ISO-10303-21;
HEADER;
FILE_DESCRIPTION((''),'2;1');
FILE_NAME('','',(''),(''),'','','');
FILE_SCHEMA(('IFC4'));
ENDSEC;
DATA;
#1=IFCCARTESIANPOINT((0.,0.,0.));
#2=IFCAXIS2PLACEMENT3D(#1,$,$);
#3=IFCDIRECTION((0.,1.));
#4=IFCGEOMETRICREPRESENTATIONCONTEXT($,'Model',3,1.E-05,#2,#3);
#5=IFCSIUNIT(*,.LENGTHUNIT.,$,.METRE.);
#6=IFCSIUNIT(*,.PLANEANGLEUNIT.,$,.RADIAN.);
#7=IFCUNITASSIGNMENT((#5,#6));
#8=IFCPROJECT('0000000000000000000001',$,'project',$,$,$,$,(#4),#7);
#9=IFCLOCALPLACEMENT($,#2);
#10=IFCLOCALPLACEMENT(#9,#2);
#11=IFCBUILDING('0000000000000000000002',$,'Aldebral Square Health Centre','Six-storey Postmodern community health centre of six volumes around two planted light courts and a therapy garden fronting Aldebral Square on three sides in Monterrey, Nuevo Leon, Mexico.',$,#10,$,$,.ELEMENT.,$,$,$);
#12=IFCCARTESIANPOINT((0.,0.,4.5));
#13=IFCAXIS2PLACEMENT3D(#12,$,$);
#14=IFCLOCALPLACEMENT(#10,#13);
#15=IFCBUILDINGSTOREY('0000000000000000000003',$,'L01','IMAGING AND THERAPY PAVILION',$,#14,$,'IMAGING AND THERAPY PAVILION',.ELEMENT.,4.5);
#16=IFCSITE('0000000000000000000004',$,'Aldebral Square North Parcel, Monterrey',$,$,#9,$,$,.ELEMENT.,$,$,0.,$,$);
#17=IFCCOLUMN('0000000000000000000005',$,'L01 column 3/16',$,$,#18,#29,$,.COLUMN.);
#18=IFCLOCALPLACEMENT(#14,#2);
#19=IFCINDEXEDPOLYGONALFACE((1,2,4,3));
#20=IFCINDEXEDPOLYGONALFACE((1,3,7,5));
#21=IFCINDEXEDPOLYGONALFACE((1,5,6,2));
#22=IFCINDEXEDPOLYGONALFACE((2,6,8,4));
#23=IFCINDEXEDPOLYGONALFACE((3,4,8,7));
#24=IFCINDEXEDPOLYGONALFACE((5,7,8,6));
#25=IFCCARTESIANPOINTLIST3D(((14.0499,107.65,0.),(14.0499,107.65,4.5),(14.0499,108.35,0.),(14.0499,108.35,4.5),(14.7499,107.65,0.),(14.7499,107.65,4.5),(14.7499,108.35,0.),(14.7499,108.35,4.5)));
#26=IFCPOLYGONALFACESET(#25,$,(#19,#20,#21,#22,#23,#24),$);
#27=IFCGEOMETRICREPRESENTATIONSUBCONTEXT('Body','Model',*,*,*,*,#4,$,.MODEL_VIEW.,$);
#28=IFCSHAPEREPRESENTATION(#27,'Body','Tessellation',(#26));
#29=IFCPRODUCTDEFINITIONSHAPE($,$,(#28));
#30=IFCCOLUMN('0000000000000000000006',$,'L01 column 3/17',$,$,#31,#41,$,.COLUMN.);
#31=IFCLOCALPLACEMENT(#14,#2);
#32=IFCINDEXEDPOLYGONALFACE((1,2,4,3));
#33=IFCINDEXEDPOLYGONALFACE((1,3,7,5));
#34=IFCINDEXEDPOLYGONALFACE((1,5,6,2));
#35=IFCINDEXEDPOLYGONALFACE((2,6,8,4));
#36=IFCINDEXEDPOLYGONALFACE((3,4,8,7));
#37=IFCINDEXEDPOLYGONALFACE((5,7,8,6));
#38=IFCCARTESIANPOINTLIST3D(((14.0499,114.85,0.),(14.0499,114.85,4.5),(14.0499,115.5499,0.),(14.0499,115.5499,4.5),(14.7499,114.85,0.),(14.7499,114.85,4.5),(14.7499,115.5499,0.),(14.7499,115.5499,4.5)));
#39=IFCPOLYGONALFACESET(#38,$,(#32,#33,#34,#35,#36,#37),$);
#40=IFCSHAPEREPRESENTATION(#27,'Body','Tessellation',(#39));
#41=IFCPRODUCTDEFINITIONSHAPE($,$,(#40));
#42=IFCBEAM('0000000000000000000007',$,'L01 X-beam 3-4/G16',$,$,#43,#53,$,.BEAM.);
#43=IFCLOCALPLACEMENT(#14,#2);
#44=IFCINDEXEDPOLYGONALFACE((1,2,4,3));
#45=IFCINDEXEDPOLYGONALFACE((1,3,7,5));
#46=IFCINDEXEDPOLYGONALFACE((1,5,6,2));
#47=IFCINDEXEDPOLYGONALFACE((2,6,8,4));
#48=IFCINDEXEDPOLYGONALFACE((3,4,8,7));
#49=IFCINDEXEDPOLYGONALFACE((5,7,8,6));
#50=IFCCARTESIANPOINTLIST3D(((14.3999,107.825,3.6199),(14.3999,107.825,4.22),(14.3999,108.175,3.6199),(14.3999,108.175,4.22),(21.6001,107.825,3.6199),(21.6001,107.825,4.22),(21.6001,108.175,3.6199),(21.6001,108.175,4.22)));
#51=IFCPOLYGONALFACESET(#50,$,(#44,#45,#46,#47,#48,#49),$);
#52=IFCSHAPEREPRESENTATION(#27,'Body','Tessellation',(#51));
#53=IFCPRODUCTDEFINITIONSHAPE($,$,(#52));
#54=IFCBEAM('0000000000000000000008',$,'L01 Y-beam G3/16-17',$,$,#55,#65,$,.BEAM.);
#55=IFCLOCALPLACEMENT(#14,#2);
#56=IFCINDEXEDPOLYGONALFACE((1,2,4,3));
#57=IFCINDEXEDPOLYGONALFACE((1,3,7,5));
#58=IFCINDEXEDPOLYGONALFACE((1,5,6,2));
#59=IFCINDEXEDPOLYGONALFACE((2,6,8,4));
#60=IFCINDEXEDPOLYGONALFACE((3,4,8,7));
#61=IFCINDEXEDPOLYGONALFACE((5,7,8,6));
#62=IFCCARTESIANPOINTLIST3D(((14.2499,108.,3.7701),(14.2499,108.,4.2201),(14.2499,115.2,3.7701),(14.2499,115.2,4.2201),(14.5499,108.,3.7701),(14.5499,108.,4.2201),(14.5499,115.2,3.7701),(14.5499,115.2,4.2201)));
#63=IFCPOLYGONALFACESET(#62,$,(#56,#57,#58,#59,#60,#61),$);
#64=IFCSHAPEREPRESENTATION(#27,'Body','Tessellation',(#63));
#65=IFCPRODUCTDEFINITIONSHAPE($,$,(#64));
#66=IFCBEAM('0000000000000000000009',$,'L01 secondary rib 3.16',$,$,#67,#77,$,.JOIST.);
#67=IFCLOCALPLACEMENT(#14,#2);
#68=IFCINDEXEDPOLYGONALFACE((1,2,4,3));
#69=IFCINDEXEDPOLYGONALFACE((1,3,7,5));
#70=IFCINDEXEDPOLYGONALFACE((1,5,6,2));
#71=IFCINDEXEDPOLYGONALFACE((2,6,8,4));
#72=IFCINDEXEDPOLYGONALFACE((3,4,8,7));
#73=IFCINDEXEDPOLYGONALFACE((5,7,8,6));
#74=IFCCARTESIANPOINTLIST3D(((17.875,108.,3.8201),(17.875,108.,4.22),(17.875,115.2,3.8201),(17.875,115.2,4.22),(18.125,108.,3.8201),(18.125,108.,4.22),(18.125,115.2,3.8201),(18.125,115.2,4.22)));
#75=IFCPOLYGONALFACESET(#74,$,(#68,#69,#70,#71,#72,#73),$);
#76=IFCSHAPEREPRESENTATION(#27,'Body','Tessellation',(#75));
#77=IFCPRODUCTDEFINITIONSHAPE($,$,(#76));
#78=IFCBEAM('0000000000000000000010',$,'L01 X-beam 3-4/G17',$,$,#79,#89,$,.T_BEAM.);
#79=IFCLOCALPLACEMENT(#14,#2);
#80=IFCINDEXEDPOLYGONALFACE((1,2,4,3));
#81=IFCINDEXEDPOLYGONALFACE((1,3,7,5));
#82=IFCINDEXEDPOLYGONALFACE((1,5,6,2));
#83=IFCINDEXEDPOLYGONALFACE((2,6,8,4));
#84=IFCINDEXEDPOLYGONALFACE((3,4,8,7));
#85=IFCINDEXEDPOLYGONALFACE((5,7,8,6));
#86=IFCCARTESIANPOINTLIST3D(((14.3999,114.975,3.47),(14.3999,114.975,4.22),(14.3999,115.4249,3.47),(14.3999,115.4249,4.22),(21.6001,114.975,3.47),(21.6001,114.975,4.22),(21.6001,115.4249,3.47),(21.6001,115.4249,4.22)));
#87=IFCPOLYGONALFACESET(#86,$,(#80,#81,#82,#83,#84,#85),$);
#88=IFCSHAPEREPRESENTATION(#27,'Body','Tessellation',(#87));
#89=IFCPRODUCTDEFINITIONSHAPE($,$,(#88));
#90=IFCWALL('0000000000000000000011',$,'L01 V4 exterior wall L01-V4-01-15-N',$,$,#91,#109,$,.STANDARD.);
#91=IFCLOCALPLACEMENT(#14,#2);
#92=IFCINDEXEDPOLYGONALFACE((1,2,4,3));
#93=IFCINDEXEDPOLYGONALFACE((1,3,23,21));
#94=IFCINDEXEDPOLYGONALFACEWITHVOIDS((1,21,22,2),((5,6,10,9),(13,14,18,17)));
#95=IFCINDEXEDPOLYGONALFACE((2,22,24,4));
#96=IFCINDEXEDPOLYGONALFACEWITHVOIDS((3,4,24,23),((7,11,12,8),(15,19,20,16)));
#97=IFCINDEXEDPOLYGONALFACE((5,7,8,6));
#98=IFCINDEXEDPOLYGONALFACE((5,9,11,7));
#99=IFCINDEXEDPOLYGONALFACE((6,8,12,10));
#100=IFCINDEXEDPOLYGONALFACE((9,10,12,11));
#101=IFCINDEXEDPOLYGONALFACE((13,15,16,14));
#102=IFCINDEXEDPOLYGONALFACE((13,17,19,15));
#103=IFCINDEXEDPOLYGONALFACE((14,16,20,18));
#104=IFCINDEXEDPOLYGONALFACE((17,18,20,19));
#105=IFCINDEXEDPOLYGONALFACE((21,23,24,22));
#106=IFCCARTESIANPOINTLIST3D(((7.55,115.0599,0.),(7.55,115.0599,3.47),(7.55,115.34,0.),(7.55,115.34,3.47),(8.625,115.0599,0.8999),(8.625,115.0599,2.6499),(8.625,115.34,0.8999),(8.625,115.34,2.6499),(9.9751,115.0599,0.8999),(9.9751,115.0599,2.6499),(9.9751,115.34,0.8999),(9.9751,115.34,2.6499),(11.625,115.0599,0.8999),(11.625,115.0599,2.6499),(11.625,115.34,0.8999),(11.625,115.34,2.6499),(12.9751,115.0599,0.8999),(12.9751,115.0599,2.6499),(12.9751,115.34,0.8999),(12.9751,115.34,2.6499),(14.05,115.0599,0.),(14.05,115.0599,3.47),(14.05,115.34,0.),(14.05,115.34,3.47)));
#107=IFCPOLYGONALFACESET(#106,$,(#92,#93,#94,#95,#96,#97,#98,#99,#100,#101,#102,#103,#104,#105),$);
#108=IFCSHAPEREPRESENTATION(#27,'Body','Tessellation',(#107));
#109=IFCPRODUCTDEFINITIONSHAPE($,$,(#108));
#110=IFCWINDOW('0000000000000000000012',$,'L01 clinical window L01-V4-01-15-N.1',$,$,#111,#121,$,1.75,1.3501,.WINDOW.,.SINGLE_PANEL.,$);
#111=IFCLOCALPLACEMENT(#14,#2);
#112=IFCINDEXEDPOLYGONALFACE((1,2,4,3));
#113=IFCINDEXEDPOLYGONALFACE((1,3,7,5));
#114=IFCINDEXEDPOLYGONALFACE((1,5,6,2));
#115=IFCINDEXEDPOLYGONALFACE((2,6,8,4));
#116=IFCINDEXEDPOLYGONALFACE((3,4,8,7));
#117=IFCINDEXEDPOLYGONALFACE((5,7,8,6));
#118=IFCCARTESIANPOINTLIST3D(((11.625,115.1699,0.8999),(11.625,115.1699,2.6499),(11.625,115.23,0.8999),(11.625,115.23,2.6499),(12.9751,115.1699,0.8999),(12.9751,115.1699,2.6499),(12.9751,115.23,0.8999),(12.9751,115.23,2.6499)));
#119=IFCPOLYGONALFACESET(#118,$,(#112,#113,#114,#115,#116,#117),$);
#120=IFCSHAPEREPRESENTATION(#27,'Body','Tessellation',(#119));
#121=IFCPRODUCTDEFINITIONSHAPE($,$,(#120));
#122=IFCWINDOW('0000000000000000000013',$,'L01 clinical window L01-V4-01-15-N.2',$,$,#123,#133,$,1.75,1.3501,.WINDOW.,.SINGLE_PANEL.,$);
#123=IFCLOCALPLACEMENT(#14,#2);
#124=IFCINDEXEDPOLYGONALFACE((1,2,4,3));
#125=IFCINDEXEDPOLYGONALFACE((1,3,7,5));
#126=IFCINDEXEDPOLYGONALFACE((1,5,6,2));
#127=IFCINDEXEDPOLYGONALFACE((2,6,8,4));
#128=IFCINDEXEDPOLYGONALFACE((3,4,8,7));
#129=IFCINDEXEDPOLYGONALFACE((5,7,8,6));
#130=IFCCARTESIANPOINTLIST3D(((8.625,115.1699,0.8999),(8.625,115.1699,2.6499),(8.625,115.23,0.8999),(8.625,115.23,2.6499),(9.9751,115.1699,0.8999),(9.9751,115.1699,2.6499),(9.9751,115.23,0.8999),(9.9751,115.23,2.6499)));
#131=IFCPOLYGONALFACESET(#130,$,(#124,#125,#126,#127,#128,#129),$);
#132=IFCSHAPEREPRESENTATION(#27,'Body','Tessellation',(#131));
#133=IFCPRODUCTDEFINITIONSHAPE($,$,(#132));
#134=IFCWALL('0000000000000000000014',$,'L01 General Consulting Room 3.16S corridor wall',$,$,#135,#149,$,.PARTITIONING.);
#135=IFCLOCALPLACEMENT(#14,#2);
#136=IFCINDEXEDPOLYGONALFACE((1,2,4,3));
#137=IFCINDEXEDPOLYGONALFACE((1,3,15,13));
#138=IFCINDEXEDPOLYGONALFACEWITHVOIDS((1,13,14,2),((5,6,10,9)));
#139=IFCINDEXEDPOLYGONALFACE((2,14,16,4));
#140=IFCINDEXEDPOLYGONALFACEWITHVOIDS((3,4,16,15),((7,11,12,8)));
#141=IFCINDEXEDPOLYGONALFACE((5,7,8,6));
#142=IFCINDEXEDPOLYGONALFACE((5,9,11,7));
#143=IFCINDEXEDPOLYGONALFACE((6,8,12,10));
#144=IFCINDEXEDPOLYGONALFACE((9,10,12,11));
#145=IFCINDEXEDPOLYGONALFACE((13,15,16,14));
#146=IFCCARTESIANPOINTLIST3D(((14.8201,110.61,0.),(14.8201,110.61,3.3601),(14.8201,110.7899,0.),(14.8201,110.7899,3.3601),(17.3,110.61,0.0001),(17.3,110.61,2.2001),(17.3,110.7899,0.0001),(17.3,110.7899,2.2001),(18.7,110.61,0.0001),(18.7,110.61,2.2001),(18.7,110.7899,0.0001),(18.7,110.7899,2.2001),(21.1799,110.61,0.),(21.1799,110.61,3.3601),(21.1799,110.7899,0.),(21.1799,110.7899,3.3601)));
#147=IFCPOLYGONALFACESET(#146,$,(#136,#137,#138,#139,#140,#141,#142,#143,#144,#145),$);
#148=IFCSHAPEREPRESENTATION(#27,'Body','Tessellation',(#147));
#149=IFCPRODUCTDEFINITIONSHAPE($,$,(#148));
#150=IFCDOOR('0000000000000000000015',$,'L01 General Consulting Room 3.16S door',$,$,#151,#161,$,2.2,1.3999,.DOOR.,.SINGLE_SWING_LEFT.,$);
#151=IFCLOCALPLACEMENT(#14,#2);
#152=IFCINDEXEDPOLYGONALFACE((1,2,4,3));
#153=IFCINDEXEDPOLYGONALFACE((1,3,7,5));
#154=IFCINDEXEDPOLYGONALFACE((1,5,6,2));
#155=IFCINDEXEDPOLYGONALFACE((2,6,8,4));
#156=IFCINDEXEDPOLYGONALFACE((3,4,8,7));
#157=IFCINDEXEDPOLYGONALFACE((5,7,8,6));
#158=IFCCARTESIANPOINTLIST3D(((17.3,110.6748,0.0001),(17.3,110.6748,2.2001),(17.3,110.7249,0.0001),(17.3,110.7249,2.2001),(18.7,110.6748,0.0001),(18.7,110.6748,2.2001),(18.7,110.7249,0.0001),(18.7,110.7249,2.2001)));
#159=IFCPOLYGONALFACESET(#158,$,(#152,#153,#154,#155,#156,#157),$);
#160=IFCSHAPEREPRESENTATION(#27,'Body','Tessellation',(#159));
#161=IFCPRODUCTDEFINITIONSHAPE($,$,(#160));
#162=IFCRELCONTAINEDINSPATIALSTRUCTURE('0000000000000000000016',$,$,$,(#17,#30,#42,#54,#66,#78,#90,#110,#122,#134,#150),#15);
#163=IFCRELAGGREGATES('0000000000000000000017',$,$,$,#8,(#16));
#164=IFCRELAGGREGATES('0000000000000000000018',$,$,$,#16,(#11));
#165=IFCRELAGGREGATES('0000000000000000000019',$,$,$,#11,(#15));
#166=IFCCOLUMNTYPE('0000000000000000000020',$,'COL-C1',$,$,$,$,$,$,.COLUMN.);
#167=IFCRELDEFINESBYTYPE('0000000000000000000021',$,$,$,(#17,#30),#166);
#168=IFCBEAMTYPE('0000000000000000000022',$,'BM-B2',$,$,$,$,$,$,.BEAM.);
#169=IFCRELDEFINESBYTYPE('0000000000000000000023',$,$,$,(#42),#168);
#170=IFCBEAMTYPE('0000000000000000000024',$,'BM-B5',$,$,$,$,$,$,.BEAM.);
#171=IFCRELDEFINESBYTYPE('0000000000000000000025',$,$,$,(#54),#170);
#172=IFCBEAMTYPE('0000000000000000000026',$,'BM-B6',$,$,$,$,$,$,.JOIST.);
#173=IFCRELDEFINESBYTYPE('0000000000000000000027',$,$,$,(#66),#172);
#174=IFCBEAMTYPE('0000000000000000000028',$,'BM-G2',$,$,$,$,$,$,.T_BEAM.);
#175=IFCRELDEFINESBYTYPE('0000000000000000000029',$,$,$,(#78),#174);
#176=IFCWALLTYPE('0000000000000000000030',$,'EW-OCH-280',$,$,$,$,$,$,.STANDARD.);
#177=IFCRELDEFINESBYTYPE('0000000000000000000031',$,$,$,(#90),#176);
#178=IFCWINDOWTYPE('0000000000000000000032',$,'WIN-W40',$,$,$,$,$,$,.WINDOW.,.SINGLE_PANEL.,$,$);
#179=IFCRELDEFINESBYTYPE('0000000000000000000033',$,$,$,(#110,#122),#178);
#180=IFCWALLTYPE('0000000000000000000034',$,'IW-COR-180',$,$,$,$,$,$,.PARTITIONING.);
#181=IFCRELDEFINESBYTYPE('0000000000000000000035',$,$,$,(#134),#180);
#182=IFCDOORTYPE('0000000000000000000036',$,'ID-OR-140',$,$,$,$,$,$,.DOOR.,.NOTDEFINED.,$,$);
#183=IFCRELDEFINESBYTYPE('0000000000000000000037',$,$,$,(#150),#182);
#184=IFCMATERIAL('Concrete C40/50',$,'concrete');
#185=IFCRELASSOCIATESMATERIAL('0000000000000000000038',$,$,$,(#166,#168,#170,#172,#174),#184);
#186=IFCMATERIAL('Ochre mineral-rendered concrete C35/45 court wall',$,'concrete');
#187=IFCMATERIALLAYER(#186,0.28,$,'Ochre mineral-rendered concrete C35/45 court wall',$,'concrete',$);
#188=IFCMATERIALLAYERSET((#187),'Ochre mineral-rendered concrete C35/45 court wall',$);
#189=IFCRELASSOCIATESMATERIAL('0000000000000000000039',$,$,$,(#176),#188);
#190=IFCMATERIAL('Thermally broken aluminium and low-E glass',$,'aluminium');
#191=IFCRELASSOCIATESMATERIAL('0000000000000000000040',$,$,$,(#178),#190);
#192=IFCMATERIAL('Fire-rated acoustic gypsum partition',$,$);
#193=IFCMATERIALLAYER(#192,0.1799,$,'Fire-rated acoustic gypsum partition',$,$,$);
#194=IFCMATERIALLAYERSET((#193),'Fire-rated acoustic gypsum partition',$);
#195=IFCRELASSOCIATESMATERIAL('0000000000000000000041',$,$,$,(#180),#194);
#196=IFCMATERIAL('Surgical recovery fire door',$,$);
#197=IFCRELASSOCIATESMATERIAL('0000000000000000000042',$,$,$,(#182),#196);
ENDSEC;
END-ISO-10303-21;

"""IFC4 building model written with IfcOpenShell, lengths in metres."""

from ifc_helpers import new_model, si_unit, direction, frame, frame_2d, origin, origin_2d, place, context, subcontext, project, spatial, rectangle, extrude, material, layer, layer_set, material_profile, profile_set, type_object, element, fill, save


model = new_model("IFC4")

# Units and contexts
model_context = context("Model", 3, precision=1e-05, world=origin(), true_north=direction((0.0, 1.0)))
body_context = subcontext(model_context, "Body", "Model", "MODEL_VIEW")
ifc_project = project(units=[si_unit("LENGTHUNIT", "METRE"), si_unit("PLANEANGLEUNIT", "RADIAN")], contexts=[model_context])

# Site, building, storey
site_placement = place(None, origin())
site = spatial("IfcSite", under=ifc_project, at=site_placement, Name="Aldebral Square North Parcel, Monterrey", CompositionType="ELEMENT", RefElevation=0.0)
building_placement = place(site_placement, origin())
building = spatial("IfcBuilding", under=site, at=building_placement, Name="Aldebral Square Health Centre", Description="Six-storey Postmodern community health centre of six volumes around two planted light courts and a therapy garden fronting Aldebral Square on three sides in Monterrey, Nuevo Leon, Mexico.", CompositionType="ELEMENT")
storey_placement = place(building_placement, frame((0.0, 0.0, 4.5)))
storey = spatial("IfcBuildingStorey", under=building, at=storey_placement, Name="L01", Description="IMAGING AND THERAPY PAVILION", LongName="IMAGING AND THERAPY PAVILION", CompositionType="ELEMENT", Elevation=4.5)

# Columns
ifc_material_1 = material(Name="Concrete C40/50", Category="concrete")
ifc_material_profile_1 = material_profile(ifc_material_1, rectangle(XDim=0.7, YDim=0.7, at=origin_2d()), Name="RC 700x700")
ifc_profile_set_1 = profile_set([ifc_material_profile_1], Name="Concrete C40/50")
column_type = type_object("IfcColumnType", Name="COL-C1", PredefinedType="COLUMN", material=ifc_profile_set_1)
for number, where, z_axis, x_axis, name in (
    (1, (14.3999, 108.0, 0.0), (0.0, 0.0, 1.0), (1.0, 0.0, 0.0), "L01 column 3/16"),
    (2, (14.3999, 115.2, 0.0), (0.0, 0.0, 1.0), (1.0, 0.0, 0.0), "L01 column 3/17"),
):
    element("IfcColumn", number, at=place(storey_placement, frame(where, z_axis=z_axis, x_axis=x_axis)), inside=storey, type_object=column_type, Name=name, PredefinedType="COLUMN", context=body_context, shape_type="SweptSolid", body=[
        extrude(rectangle(XDim=0.7, YDim=0.7, at=origin_2d()), origin(), (0.0, 0.0, 1.0), 4.5),
    ])

# Beams
ifc_material_profile_2 = material_profile(ifc_material_1, rectangle(XDim=0.3501, YDim=0.6001, at=origin_2d()), Name="RC 350x600")
ifc_profile_set_2 = profile_set([ifc_material_profile_2], Name="Concrete C40/50")
beam_type_1 = type_object("IfcBeamType", Name="BM-B2", PredefinedType="BEAM", material=ifc_profile_set_2)
beam_1_placement = place(storey_placement, frame((14.3999, 108.0, 3.9199), z_axis=(1.0, 0.0, 0.0), x_axis=(0.0, 1.0, 0.0)))
element("IfcBeam", 3, at=beam_1_placement, inside=storey, type_object=beam_type_1, Name="L01 X-beam 3-4/G16", PredefinedType="BEAM", context=body_context, shape_type="SweptSolid", body=[
    extrude(rectangle(XDim=0.3501, YDim=0.6001, at=origin_2d()), origin(), (0.0, 0.0, 1.0), 7.2002),
])
ifc_material_profile_3 = material_profile(ifc_material_1, rectangle(XDim=0.3, YDim=0.45, at=origin_2d()), Name="RC 300x450")
ifc_profile_set_3 = profile_set([ifc_material_profile_3], Name="Concrete C40/50")
beam_type_2 = type_object("IfcBeamType", Name="BM-B5", PredefinedType="BEAM", material=ifc_profile_set_3)
beam_2_placement = place(storey_placement, frame((14.3999, 108.0, 3.9951), z_axis=(0.0, 1.0, 0.0), x_axis=(-1.0, 0.0, 0.0)))
element("IfcBeam", 4, at=beam_2_placement, inside=storey, type_object=beam_type_2, Name="L01 Y-beam G3/16-17", PredefinedType="BEAM", context=body_context, shape_type="SweptSolid", body=[
    extrude(rectangle(XDim=0.3, YDim=0.45, at=origin_2d()), origin(), (0.0, 0.0, 1.0), 7.2),
])
ifc_material_profile_4 = material_profile(ifc_material_1, rectangle(XDim=0.25, YDim=0.3999, at=origin_2d()), Name="RC 250x400")
ifc_profile_set_4 = profile_set([ifc_material_profile_4], Name="Concrete C40/50")
beam_type_3 = type_object("IfcBeamType", Name="BM-B6", PredefinedType="JOIST", material=ifc_profile_set_4)
beam_3_placement = place(storey_placement, frame((18.0, 108.0, 4.02), z_axis=(0.0, 1.0, 0.0), x_axis=(-1.0, 0.0, 0.0)))
element("IfcBeam", 5, at=beam_3_placement, inside=storey, type_object=beam_type_3, Name="L01 secondary rib 3.16", PredefinedType="JOIST", context=body_context, shape_type="SweptSolid", body=[
    extrude(rectangle(XDim=0.25, YDim=0.3999, at=origin_2d()), origin(), (0.0, 0.0, 1.0), 7.2),
])
ifc_material_profile_5 = material_profile(ifc_material_1, rectangle(XDim=0.45, YDim=0.75, at=origin_2d()), Name="RC 450x750")
ifc_profile_set_5 = profile_set([ifc_material_profile_5], Name="Concrete C40/50")
beam_type_4 = type_object("IfcBeamType", Name="BM-G2", PredefinedType="T_BEAM", material=ifc_profile_set_5)
beam_4_placement = place(storey_placement, frame((14.3999, 115.2, 3.845), z_axis=(1.0, 0.0, 0.0), x_axis=(0.0, 1.0, 0.0)))
element("IfcBeam", 6, at=beam_4_placement, inside=storey, type_object=beam_type_4, Name="L01 X-beam 3-4/G17", PredefinedType="T_BEAM", context=body_context, shape_type="SweptSolid", body=[
    extrude(rectangle(XDim=0.45, YDim=0.75, at=origin_2d()), origin(), (0.0, 0.0, 1.0), 7.2002),
])

# Wall, openings, windows
ifc_material_2 = material(Name="Ochre mineral-rendered concrete C35/45 court wall", Category="concrete")
ifc_layer_1 = layer(ifc_material_2, 0.28, Name="Ochre mineral-rendered concrete C35/45 court wall", Category="concrete")
ifc_layer_set_1 = layer_set([ifc_layer_1], Name="Ochre mineral-rendered concrete C35/45 court wall")
wall_type_1 = type_object("IfcWallType", Name="EW-OCH-280", PredefinedType="STANDARD", material=ifc_layer_set_1)
wall_1_placement = place(storey_placement, frame((14.05, 115.2, 0.0), z_axis=(0.0, 0.0, 1.0), x_axis=(-1.0, 0.0, 0.0)))
wall_1 = element("IfcWall", 7, at=wall_1_placement, inside=storey, type_object=wall_type_1, Name="L01 V4 exterior wall L01-V4-01-15-N", PredefinedType="STANDARD", context=body_context, shape_type="SweptSolid", body=[
    extrude(rectangle(XDim=6.5, YDim=0.28, at=frame_2d((3.25, 0.0))), origin(), (0.0, 0.0, 1.0), 3.47),
])
opening_1_placement = place(wall_1_placement, frame((1.075, 0.0, 0.8999)))
opening_1 = element("IfcOpeningElement", 8, at=opening_1_placement, cuts=wall_1, PredefinedType="OPENING", context=body_context, shape_type="SweptSolid", body=[
    extrude(rectangle(XDim=1.3501, YDim=1.75, at=frame_2d((0.675, 0.875))), frame((0.0, 0.1499, 0.0), z_axis=(0.0, -1.0, 0.0), x_axis=(1.0, 0.0, 0.0)), (0.0, 0.0, 1.0), 0.3),
])
opening_2_placement = place(wall_1_placement, frame((4.075, 0.0, 0.8999)))
opening_2 = element("IfcOpeningElement", 9, at=opening_2_placement, cuts=wall_1, PredefinedType="OPENING", context=body_context, shape_type="SweptSolid", body=[
    extrude(rectangle(XDim=1.3501, YDim=1.75, at=frame_2d((0.675, 0.875))), frame((0.0, 0.1499, 0.0), z_axis=(0.0, -1.0, 0.0), x_axis=(1.0, 0.0, 0.0)), (0.0, 0.0, 1.0), 0.3),
])
ifc_material_3 = material(Name="Thermally broken aluminium and low-E glass", Category="aluminium")
window_type = type_object("IfcWindowType", Name="WIN-W40", PartitioningType="SINGLE_PANEL", PredefinedType="WINDOW", material=ifc_material_3)
window_1_placement = place(opening_1_placement, origin())
window_1 = element("IfcWindow", 10, at=window_1_placement, inside=storey, type_object=window_type, Name="L01 clinical window L01-V4-01-15-N.1", OverallHeight=1.75, OverallWidth=1.3501, PartitioningType="SINGLE_PANEL", PredefinedType="WINDOW", context=body_context, shape_type="SweptSolid", body=[
    extrude(rectangle(XDim=1.3501, YDim=1.75, at=frame_2d((0.675, 0.875))), frame((0.0, 0.03, 0.0), z_axis=(0.0, -1.0, 0.0), x_axis=(1.0, 0.0, 0.0)), (0.0, 0.0, 1.0), 0.0601),
])
fill(opening_1, window_1)
window_2_placement = place(opening_2_placement, origin())
window_2 = element("IfcWindow", 11, at=window_2_placement, inside=storey, type_object=window_type, Name="L01 clinical window L01-V4-01-15-N.2", OverallHeight=1.75, OverallWidth=1.3501, PartitioningType="SINGLE_PANEL", PredefinedType="WINDOW", context=body_context, shape_type="SweptSolid", body=[
    extrude(rectangle(XDim=1.3501, YDim=1.75, at=frame_2d((0.675, 0.875))), frame((0.0, 0.03, 0.0), z_axis=(0.0, -1.0, 0.0), x_axis=(1.0, 0.0, 0.0)), (0.0, 0.0, 1.0), 0.0601),
])
fill(opening_2, window_2)

# Wall, opening, door
ifc_material_4 = material(Name="Fire-rated acoustic gypsum partition")
ifc_layer_2 = layer(ifc_material_4, 0.1799, Name="Fire-rated acoustic gypsum partition")
ifc_layer_set_2 = layer_set([ifc_layer_2], Name="Fire-rated acoustic gypsum partition")
wall_type_2 = type_object("IfcWallType", Name="IW-COR-180", PredefinedType="PARTITIONING", material=ifc_layer_set_2)
wall_2_placement = place(storey_placement, frame((14.8201, 110.7, 0.0), z_axis=(0.0, 0.0, 1.0), x_axis=(1.0, 0.0, 0.0)))
wall_2 = element("IfcWall", 12, at=wall_2_placement, inside=storey, type_object=wall_type_2, Name="L01 General Consulting Room 3.16S corridor wall", PredefinedType="PARTITIONING", context=body_context, shape_type="SweptSolid", body=[
    extrude(rectangle(XDim=6.3599, YDim=0.1799, at=frame_2d((3.1799, 0.0))), origin(), (0.0, 0.0, 1.0), 3.3601),
])
opening_3_placement = place(wall_2_placement, frame((2.48, 0.0, 0.0)))
opening_3 = element("IfcOpeningElement", 13, at=opening_3_placement, cuts=wall_2, PredefinedType="OPENING", context=body_context, shape_type="SweptSolid", body=[
    extrude(rectangle(XDim=1.3999, YDim=2.2, at=frame_2d((0.7, 1.1001))), frame((0.0, 0.1001, 0.0), z_axis=(0.0, -1.0, 0.0), x_axis=(1.0, 0.0, 0.0)), (0.0, 0.0, 1.0), 0.2),
])
ifc_material_5 = material(Name="Surgical recovery fire door")
door_type_1 = type_object("IfcDoorType", Name="ID-OR-140", OperationType="NOTDEFINED", PredefinedType="DOOR", material=ifc_material_5)
door_1_placement = place(opening_3_placement, origin())
door_1 = element("IfcDoor", 14, at=door_1_placement, inside=storey, type_object=door_type_1, Name="L01 General Consulting Room 3.16S door", OperationType="SINGLE_SWING_LEFT", OverallHeight=2.2, OverallWidth=1.3999, PredefinedType="DOOR", context=body_context, shape_type="SweptSolid", body=[
    extrude(rectangle(XDim=1.3999, YDim=2.2, at=frame_2d((0.7, 1.1001))), frame((0.0, 0.0249, 0.0), z_axis=(0.0, -1.0, 0.0), x_axis=(1.0, 0.0, 0.0)), (0.0, 0.0, 1.0), 0.05),
])
fill(opening_3, door_1)

save(model, "model.ifc")
